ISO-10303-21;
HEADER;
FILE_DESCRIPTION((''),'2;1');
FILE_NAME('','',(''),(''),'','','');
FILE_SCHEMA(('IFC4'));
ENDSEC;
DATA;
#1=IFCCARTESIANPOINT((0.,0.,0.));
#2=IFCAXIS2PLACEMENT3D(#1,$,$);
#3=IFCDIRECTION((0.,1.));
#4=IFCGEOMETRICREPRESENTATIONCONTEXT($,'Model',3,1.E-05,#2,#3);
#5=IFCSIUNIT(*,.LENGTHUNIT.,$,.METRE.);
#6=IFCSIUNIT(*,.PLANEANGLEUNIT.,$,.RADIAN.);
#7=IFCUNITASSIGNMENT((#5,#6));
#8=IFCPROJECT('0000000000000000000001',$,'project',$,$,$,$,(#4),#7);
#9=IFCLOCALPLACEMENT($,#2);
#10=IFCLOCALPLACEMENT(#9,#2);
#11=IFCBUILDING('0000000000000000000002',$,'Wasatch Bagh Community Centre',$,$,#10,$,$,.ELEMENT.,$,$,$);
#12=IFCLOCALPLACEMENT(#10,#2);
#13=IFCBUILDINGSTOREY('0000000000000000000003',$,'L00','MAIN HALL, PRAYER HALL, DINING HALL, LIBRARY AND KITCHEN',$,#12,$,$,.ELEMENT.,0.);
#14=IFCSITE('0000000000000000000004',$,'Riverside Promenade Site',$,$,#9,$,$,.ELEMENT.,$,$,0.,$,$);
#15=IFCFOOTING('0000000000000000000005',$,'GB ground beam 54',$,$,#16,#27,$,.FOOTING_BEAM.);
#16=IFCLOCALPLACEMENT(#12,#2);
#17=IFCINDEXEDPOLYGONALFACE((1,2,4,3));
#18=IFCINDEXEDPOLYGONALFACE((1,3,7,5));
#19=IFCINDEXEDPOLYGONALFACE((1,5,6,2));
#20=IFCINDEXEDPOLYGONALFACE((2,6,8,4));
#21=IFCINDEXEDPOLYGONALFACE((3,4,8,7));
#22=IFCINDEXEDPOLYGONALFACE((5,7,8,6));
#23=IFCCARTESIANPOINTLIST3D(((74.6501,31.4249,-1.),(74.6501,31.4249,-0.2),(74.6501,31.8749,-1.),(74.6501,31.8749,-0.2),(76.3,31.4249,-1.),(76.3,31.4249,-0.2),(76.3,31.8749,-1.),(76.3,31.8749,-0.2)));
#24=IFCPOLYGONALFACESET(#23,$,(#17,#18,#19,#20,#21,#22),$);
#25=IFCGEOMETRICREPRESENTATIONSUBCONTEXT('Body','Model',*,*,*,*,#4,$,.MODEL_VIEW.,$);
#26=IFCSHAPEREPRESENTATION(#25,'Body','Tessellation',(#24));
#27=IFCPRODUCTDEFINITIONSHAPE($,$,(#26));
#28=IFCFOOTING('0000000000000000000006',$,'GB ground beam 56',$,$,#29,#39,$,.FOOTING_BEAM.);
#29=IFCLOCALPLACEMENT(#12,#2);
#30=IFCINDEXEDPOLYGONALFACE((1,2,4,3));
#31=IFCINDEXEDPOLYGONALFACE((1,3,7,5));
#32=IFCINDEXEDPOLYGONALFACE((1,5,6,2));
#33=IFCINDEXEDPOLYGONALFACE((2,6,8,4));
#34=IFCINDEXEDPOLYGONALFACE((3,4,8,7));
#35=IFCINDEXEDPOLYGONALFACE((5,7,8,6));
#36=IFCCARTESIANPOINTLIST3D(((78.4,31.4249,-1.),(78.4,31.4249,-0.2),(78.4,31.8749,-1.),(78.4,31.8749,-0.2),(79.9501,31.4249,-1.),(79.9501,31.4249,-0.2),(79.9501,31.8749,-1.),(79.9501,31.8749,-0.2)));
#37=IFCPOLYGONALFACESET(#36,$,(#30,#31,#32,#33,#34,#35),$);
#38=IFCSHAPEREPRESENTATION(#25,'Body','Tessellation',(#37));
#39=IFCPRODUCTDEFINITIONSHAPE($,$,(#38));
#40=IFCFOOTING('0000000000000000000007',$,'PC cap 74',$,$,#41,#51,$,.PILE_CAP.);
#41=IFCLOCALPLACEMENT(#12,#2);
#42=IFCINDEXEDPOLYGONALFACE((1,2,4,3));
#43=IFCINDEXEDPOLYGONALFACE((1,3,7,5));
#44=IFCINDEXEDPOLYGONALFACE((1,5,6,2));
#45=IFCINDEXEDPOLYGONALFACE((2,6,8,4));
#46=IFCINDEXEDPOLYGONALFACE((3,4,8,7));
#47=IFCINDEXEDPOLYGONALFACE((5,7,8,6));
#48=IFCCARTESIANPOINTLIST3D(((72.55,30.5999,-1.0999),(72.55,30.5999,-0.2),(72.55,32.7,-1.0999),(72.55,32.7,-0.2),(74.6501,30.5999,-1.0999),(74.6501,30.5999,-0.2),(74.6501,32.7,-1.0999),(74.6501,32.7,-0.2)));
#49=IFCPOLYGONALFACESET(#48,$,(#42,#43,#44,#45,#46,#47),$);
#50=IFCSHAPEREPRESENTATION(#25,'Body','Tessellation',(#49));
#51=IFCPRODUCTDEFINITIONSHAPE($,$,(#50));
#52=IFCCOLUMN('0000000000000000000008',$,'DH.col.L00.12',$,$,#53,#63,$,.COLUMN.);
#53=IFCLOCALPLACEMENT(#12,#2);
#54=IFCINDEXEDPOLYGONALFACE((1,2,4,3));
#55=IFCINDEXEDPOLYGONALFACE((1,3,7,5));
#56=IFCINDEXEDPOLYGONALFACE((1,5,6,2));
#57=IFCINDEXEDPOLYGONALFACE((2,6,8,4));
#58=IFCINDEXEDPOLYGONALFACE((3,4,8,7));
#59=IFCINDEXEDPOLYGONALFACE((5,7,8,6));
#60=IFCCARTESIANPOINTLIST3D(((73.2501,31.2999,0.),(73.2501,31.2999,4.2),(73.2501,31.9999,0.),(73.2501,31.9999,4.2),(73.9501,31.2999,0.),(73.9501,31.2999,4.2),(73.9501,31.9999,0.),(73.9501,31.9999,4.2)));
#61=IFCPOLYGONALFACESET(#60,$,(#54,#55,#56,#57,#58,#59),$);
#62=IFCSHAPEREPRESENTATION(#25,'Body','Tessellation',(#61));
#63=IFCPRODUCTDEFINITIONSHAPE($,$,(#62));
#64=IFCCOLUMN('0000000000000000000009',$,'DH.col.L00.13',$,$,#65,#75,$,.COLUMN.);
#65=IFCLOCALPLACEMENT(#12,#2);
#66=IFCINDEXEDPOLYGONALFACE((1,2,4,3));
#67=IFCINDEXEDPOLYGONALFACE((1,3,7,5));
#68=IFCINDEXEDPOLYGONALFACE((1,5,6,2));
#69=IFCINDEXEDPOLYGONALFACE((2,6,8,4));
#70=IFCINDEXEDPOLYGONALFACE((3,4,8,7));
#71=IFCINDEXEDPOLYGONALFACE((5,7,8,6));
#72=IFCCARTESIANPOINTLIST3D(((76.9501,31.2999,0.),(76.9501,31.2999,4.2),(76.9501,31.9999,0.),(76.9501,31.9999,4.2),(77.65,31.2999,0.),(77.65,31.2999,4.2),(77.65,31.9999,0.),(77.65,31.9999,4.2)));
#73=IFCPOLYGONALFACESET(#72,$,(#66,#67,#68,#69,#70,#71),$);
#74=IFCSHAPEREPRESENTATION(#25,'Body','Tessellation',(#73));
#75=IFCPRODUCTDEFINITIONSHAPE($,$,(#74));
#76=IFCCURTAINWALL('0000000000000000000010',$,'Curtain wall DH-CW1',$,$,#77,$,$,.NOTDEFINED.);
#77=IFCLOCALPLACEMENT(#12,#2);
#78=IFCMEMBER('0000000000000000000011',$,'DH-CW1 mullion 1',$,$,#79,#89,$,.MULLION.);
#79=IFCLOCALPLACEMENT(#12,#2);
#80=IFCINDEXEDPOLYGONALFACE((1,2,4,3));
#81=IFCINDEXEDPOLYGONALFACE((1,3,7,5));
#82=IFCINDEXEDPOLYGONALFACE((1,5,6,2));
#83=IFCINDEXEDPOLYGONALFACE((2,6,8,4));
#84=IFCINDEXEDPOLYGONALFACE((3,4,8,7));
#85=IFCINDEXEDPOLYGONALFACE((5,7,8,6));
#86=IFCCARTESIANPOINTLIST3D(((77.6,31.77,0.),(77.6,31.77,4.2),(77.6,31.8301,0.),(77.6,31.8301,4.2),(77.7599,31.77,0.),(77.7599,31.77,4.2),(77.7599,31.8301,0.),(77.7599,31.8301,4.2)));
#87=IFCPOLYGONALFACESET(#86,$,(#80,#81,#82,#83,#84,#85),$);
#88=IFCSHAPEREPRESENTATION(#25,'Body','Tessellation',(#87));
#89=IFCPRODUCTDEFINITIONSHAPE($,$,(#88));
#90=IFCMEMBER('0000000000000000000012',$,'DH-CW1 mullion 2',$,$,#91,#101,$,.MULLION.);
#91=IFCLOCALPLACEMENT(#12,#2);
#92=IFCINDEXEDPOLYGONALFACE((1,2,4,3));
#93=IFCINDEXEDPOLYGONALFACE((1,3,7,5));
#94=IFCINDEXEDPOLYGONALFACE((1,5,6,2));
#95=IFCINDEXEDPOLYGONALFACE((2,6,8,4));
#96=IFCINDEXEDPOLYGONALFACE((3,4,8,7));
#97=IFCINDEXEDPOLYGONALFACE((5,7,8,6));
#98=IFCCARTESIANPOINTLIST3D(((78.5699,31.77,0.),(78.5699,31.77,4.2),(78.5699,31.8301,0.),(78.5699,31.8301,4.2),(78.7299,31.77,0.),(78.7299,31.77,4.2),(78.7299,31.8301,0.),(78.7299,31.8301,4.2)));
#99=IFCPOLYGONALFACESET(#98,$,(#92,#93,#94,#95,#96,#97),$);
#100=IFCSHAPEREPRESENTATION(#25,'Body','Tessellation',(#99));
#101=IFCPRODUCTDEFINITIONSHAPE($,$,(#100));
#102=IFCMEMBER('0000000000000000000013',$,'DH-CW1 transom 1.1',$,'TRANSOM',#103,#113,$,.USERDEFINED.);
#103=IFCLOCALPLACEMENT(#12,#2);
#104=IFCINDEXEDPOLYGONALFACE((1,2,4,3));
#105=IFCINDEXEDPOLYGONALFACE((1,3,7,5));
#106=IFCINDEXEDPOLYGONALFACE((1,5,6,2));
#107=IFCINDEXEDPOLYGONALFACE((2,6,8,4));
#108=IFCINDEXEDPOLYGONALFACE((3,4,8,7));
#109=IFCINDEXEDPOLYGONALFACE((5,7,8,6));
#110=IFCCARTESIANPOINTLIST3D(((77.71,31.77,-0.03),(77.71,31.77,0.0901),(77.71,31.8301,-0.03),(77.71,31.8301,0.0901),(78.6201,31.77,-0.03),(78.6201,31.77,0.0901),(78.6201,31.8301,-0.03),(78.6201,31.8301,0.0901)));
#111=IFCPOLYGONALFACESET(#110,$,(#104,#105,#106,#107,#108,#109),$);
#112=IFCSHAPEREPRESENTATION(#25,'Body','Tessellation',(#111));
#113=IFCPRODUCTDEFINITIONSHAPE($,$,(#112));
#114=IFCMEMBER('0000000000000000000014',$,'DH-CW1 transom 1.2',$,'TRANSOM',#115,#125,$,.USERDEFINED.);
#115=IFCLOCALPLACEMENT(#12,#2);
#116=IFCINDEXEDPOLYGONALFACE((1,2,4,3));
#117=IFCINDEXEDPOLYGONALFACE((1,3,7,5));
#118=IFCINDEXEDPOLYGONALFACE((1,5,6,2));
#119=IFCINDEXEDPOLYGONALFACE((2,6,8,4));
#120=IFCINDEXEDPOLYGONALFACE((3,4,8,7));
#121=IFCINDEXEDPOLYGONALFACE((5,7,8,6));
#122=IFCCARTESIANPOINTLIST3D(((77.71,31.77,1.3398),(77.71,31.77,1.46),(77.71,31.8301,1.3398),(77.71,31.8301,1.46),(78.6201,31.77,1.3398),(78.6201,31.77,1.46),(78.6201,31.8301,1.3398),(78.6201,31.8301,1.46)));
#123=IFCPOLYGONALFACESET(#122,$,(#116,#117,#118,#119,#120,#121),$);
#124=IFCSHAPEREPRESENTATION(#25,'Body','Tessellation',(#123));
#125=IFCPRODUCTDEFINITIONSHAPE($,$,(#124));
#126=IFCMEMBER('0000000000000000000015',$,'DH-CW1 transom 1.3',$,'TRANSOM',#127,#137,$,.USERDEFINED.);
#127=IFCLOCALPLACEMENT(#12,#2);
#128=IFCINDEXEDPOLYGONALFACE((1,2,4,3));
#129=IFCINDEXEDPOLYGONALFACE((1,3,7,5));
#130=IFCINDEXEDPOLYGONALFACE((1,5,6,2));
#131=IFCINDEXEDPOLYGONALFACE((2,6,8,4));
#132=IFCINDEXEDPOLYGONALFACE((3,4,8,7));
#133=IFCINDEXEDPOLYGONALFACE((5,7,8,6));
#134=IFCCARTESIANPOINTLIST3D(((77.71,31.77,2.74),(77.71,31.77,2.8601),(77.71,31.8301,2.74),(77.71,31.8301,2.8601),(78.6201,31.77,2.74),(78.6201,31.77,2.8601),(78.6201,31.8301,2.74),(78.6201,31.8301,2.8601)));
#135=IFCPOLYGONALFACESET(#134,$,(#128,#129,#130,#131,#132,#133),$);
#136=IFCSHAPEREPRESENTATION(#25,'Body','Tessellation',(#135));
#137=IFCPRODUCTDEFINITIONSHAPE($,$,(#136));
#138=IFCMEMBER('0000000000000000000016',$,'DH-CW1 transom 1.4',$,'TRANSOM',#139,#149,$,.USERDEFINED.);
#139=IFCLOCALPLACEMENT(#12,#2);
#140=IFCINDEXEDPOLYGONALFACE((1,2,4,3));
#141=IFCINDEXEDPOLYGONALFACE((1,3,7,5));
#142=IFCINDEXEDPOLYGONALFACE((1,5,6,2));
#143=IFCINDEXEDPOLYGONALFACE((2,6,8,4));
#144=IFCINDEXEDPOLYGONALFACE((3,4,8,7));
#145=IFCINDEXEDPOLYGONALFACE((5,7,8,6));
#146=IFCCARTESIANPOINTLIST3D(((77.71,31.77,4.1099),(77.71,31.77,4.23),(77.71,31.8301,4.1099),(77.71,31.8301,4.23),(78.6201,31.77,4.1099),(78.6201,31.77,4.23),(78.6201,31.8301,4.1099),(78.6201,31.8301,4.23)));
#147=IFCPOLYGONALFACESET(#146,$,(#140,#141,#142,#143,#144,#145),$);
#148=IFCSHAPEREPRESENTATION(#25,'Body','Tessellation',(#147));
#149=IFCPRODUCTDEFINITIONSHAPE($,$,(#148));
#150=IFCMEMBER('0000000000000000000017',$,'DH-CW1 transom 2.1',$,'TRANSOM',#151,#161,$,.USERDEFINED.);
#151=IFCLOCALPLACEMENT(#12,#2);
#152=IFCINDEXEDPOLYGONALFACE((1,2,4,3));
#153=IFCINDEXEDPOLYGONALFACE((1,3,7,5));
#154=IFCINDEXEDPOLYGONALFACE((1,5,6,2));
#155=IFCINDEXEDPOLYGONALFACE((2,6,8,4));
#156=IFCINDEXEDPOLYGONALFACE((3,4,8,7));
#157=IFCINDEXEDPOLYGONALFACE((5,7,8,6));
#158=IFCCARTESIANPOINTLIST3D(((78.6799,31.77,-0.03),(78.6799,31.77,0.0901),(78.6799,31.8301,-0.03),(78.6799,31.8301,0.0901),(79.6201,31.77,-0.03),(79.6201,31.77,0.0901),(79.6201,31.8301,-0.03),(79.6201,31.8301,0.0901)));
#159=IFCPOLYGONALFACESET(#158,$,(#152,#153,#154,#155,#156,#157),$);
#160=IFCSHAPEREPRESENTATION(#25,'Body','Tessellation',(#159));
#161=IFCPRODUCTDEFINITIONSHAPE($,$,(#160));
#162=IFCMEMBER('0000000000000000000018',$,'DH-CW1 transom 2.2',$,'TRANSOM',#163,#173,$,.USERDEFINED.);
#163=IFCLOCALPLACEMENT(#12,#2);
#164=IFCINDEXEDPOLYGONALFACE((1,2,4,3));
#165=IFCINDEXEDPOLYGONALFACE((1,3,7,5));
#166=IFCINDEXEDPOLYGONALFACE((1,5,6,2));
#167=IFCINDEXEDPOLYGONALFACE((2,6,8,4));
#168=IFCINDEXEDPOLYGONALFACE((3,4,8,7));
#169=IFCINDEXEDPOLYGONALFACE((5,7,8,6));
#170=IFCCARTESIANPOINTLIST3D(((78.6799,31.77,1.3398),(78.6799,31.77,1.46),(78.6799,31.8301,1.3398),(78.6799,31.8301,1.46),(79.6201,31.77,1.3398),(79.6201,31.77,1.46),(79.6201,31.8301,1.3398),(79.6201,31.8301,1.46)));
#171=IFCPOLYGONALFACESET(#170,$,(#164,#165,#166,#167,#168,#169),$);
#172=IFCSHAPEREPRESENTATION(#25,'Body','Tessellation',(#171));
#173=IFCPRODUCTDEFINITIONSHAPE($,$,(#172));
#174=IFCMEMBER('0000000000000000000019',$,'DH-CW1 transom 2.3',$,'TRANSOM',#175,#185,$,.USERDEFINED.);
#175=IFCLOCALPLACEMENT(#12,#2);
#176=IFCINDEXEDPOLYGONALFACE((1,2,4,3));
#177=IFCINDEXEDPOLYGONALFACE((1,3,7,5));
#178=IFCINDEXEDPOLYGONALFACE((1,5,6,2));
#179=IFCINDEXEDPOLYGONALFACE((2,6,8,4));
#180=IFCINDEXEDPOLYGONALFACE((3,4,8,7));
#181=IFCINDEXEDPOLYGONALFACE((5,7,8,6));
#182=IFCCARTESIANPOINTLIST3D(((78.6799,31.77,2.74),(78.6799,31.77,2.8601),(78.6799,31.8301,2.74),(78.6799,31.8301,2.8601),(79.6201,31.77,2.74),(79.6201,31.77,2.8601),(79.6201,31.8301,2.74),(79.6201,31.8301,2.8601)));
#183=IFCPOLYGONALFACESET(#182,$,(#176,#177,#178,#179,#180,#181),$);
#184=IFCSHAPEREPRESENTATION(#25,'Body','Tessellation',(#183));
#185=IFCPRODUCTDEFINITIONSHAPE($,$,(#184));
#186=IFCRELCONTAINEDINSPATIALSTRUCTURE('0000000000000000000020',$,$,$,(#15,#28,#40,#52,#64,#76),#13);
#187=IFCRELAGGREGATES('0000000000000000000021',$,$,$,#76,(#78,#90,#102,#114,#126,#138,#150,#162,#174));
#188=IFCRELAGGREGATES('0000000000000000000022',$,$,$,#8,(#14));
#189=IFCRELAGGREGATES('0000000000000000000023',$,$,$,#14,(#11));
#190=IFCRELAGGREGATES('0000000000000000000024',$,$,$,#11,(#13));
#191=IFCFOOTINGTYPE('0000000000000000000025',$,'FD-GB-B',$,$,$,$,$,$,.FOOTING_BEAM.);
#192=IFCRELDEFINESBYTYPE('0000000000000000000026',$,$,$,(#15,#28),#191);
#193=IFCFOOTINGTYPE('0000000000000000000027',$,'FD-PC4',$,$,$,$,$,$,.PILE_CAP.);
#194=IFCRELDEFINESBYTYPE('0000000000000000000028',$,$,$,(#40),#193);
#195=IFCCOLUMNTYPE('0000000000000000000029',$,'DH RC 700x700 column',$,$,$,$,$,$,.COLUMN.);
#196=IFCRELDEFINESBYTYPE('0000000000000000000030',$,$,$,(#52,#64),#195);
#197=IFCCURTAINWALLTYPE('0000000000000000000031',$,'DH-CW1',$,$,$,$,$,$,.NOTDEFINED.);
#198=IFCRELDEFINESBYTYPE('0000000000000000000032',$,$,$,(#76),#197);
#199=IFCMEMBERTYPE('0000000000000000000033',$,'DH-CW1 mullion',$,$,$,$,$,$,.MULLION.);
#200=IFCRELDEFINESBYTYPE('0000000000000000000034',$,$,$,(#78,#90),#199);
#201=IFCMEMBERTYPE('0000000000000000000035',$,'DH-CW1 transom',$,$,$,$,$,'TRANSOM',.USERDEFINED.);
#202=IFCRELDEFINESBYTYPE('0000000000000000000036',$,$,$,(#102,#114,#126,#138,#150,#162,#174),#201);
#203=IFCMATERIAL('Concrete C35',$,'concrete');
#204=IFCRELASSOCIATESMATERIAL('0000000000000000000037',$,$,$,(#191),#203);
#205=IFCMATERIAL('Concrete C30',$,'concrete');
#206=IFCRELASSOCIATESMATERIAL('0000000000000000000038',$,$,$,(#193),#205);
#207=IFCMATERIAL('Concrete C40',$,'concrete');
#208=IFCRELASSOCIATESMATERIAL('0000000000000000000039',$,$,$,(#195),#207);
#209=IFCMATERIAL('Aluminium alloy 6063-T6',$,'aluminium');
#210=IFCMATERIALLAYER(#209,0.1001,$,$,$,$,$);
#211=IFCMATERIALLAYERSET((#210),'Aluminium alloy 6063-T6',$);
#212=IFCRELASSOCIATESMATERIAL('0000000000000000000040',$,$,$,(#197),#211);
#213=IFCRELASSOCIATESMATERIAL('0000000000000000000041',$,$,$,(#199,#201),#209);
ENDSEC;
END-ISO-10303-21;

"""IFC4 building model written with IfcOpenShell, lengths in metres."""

from ifc_helpers import new_model, si_unit, direction, frame, origin, origin_2d, place, context, subcontext, project, spatial, rectangle, extrude, material, layer, layer_set, material_profile, profile_set, type_object, element, aggregate, save


model = new_model("IFC4")

# Units and contexts
model_context = context("Model", 3, precision=1e-05, world=origin(), true_north=direction((0.0, 1.0)))
body_context = subcontext(model_context, "Body", "Model", "MODEL_VIEW")
ifc_project = project(units=[si_unit("LENGTHUNIT", "METRE"), si_unit("PLANEANGLEUNIT", "RADIAN")], contexts=[model_context])

# Site, building, storey
site_placement = place(None, origin())
site = spatial("IfcSite", under=ifc_project, at=site_placement, Name="Riverside Promenade Site", CompositionType="ELEMENT", RefElevation=0.0)
building_placement = place(site_placement, origin())
building = spatial("IfcBuilding", under=site, at=building_placement, Name="Wasatch Bagh Community Centre", CompositionType="ELEMENT")
storey_placement = place(building_placement, origin())
storey = spatial("IfcBuildingStorey", under=building, at=storey_placement, Name="L00", Description="MAIN HALL, PRAYER HALL, DINING HALL, LIBRARY AND KITCHEN", CompositionType="ELEMENT", Elevation=0.0)

# Footings
ifc_material_1 = material(Name="Concrete C35", Category="concrete")
footing_type_1 = type_object("IfcFootingType", Name="FD-GB-B", PredefinedType="FOOTING_BEAM", material=ifc_material_1)
footing_1_placement = place(storey_placement, frame((75.4751, 31.6499, -1.0), z_axis=(0.0, 0.0, 1.0), x_axis=(1.0, 0.0, 0.0)))
element("IfcFooting", 1, at=footing_1_placement, inside=storey, type_object=footing_type_1, Name="GB ground beam 54", PredefinedType="FOOTING_BEAM", context=body_context, shape_type="SweptSolid", body=[
    extrude(rectangle(XDim=1.6499, YDim=0.45, at=origin_2d()), origin(), (0.0, 0.0, 1.0), 0.8),
])
footing_2_placement = place(storey_placement, frame((79.175, 31.6499, -1.0), z_axis=(0.0, 0.0, 1.0), x_axis=(-1.0, 0.0, 0.0)))
element("IfcFooting", 2, at=footing_2_placement, inside=storey, type_object=footing_type_1, Name="GB ground beam 56", PredefinedType="FOOTING_BEAM", context=body_context, shape_type="SweptSolid", body=[
    extrude(rectangle(XDim=1.55, YDim=0.45, at=origin_2d()), origin(), (0.0, 0.0, 1.0), 0.8),
])
ifc_material_2 = material(Name="Concrete C30", Category="concrete")
footing_type_2 = type_object("IfcFootingType", Name="FD-PC4", PredefinedType="PILE_CAP", material=ifc_material_2)
footing_3_placement = place(storey_placement, frame((73.6001, 31.6499, -1.0999), z_axis=(0.0, 0.0, 1.0), x_axis=(1.0, 0.0, 0.0)))
element("IfcFooting", 3, at=footing_3_placement, inside=storey, type_object=footing_type_2, Name="PC cap 74", PredefinedType="PILE_CAP", context=body_context, shape_type="SweptSolid", body=[
    extrude(rectangle(XDim=2.1001, YDim=2.1001, at=origin_2d()), origin(), (0.0, 0.0, 1.0), 0.8999),
])

# Columns
ifc_material_3 = material(Name="Concrete C40", Category="concrete")
ifc_material_profile_1 = material_profile(ifc_material_3, rectangle(XDim=0.7, YDim=0.7, at=origin_2d()), Name="RC 700x700")
ifc_profile_set_1 = profile_set([ifc_material_profile_1], Name="Concrete C40")
column_type = type_object("IfcColumnType", Name="DH RC 700x700 column", PredefinedType="COLUMN", material=ifc_profile_set_1)
for number, where, z_axis, x_axis, name in (
    (4, (73.6001, 31.6499, 0.0), (0.0, 0.0, 1.0), (1.0, 0.0, 0.0), "DH.col.L00.12"),
    (5, (77.3, 31.6499, 0.0), (0.0, 0.0, 1.0), (1.0, 0.0, 0.0), "DH.col.L00.13"),
):
    element("IfcColumn", number, at=place(storey_placement, frame(where, z_axis=z_axis, x_axis=x_axis)), inside=storey, type_object=column_type, Name=name, PredefinedType="COLUMN", context=body_context, shape_type="SweptSolid", body=[
        extrude(rectangle(XDim=0.7, YDim=0.7, at=origin_2d()), origin(), (0.0, 0.0, 1.0), 4.2),
    ])

# Curtain wall, members
ifc_material_4 = material(Name="Aluminium alloy 6063-T6", Category="aluminium")
ifc_layer_1 = layer(ifc_material_4, 0.1001)
ifc_layer_set_1 = layer_set([ifc_layer_1], Name="Aluminium alloy 6063-T6")
curtain_wall_type = type_object("IfcCurtainWallType", Name="DH-CW1", PredefinedType="NOTDEFINED", material=ifc_layer_set_1)
curtain_wall_placement = place(storey_placement, origin())
curtain_wall = element("IfcCurtainWall", 6, at=curtain_wall_placement, inside=storey, type_object=curtain_wall_type, Name="Curtain wall DH-CW1", PredefinedType="NOTDEFINED")
ifc_material_profile_2 = material_profile(ifc_material_4, rectangle(XDim=0.0601, YDim=0.1599, at=origin_2d()), Name="AL 60x160")
ifc_profile_set_2 = profile_set([ifc_material_profile_2], Name="Aluminium alloy 6063-T6")
member_type_1 = type_object("IfcMemberType", Name="DH-CW1 mullion", PredefinedType="MULLION", material=ifc_profile_set_2)
member_1_placement = place(storey_placement, frame((77.6799, 31.8, 0.0), z_axis=(0.0, 0.0, 1.0), x_axis=(0.0, 1.0, 0.0)))
member_1 = element("IfcMember", 7, at=member_1_placement, type_object=member_type_1, Name="DH-CW1 mullion 1", PredefinedType="MULLION", context=body_context, shape_type="SweptSolid", body=[
    extrude(rectangle(XDim=0.0601, YDim=0.1599, at=origin_2d()), origin(), (0.0, 0.0, 1.0), 4.2),
])
member_2_placement = place(storey_placement, frame((78.6499, 31.8, 0.0), z_axis=(0.0, 0.0, 1.0), x_axis=(0.0, 1.0, 0.0)))
member_2 = element("IfcMember", 8, at=member_2_placement, type_object=member_type_1, Name="DH-CW1 mullion 2", PredefinedType="MULLION", context=body_context, shape_type="SweptSolid", body=[
    extrude(rectangle(XDim=0.0601, YDim=0.1599, at=origin_2d()), origin(), (0.0, 0.0, 1.0), 4.2),
])
ifc_material_profile_3 = material_profile(ifc_material_4, rectangle(XDim=0.0601, YDim=0.1201, at=origin_2d()), Name="AL 60x120")
ifc_profile_set_3 = profile_set([ifc_material_profile_3], Name="Aluminium alloy 6063-T6")
member_type_2 = type_object("IfcMemberType", Name="DH-CW1 transom", ElementType="TRANSOM", PredefinedType="USERDEFINED", material=ifc_profile_set_3)
member_3_placement = place(storey_placement, frame((77.71, 31.8, 0.03), z_axis=(1.0, 0.0, 0.0), x_axis=(0.0, 1.0, 0.0)))
member_3 = element("IfcMember", 9, at=member_3_placement, type_object=member_type_2, Name="DH-CW1 transom 1.1", ObjectType="TRANSOM", PredefinedType="USERDEFINED", context=body_context, shape_type="SweptSolid", body=[
    extrude(rectangle(XDim=0.0601, YDim=0.1201, at=origin_2d()), origin(), (0.0, 0.0, 1.0), 0.9102),
])
member_4_placement = place(storey_placement, frame((77.71, 31.8, 1.3999), z_axis=(1.0, 0.0, 0.0), x_axis=(0.0, 1.0, 0.0)))
member_4 = element("IfcMember", 10, at=member_4_placement, type_object=member_type_2, Name="DH-CW1 transom 1.2", ObjectType="TRANSOM", PredefinedType="USERDEFINED", context=body_context, shape_type="SweptSolid", body=[
    extrude(rectangle(XDim=0.0601, YDim=0.1201, at=origin_2d()), origin(), (0.0, 0.0, 1.0), 0.9102),
])
member_5_placement = place(storey_placement, frame((77.71, 31.8, 2.8), z_axis=(1.0, 0.0, 0.0), x_axis=(0.0, 1.0, 0.0)))
member_5 = element("IfcMember", 11, at=member_5_placement, type_object=member_type_2, Name="DH-CW1 transom 1.3", ObjectType="TRANSOM", PredefinedType="USERDEFINED", context=body_context, shape_type="SweptSolid", body=[
    extrude(rectangle(XDim=0.0601, YDim=0.1201, at=origin_2d()), origin(), (0.0, 0.0, 1.0), 0.9102),
])
member_6_placement = place(storey_placement, frame((77.71, 31.8, 4.1699), z_axis=(1.0, 0.0, 0.0), x_axis=(0.0, 1.0, 0.0)))
member_6 = element("IfcMember", 12, at=member_6_placement, type_object=member_type_2, Name="DH-CW1 transom 1.4", ObjectType="TRANSOM", PredefinedType="USERDEFINED", context=body_context, shape_type="SweptSolid", body=[
    extrude(rectangle(XDim=0.0601, YDim=0.1201, at=origin_2d()), origin(), (0.0, 0.0, 1.0), 0.9102),
])
member_7_placement = place(storey_placement, frame((78.6799, 31.8, 0.03), z_axis=(1.0, 0.0, 0.0), x_axis=(0.0, 1.0, 0.0)))
member_7 = element("IfcMember", 13, at=member_7_placement, type_object=member_type_2, Name="DH-CW1 transom 2.1", ObjectType="TRANSOM", PredefinedType="USERDEFINED", context=body_context, shape_type="SweptSolid", body=[
    extrude(rectangle(XDim=0.0601, YDim=0.1201, at=origin_2d()), origin(), (0.0, 0.0, 1.0), 0.9402),
])
member_8_placement = place(storey_placement, frame((78.6799, 31.8, 1.3999), z_axis=(1.0, 0.0, 0.0), x_axis=(0.0, 1.0, 0.0)))
member_8 = element("IfcMember", 14, at=member_8_placement, type_object=member_type_2, Name="DH-CW1 transom 2.2", ObjectType="TRANSOM", PredefinedType="USERDEFINED", context=body_context, shape_type="SweptSolid", body=[
    extrude(rectangle(XDim=0.0601, YDim=0.1201, at=origin_2d()), origin(), (0.0, 0.0, 1.0), 0.9402),
])
member_9_placement = place(storey_placement, frame((78.6799, 31.8, 2.8), z_axis=(1.0, 0.0, 0.0), x_axis=(0.0, 1.0, 0.0)))
member_9 = element("IfcMember", 15, at=member_9_placement, type_object=member_type_2, Name="DH-CW1 transom 2.3", ObjectType="TRANSOM", PredefinedType="USERDEFINED", context=body_context, shape_type="SweptSolid", body=[
    extrude(rectangle(XDim=0.0601, YDim=0.1201, at=origin_2d()), origin(), (0.0, 0.0, 1.0), 0.9402),
])
aggregate(curtain_wall, [member_1, member_2, member_3, member_4, member_5, member_6, member_7, member_8, member_9])

save(model, "model.ifc")
